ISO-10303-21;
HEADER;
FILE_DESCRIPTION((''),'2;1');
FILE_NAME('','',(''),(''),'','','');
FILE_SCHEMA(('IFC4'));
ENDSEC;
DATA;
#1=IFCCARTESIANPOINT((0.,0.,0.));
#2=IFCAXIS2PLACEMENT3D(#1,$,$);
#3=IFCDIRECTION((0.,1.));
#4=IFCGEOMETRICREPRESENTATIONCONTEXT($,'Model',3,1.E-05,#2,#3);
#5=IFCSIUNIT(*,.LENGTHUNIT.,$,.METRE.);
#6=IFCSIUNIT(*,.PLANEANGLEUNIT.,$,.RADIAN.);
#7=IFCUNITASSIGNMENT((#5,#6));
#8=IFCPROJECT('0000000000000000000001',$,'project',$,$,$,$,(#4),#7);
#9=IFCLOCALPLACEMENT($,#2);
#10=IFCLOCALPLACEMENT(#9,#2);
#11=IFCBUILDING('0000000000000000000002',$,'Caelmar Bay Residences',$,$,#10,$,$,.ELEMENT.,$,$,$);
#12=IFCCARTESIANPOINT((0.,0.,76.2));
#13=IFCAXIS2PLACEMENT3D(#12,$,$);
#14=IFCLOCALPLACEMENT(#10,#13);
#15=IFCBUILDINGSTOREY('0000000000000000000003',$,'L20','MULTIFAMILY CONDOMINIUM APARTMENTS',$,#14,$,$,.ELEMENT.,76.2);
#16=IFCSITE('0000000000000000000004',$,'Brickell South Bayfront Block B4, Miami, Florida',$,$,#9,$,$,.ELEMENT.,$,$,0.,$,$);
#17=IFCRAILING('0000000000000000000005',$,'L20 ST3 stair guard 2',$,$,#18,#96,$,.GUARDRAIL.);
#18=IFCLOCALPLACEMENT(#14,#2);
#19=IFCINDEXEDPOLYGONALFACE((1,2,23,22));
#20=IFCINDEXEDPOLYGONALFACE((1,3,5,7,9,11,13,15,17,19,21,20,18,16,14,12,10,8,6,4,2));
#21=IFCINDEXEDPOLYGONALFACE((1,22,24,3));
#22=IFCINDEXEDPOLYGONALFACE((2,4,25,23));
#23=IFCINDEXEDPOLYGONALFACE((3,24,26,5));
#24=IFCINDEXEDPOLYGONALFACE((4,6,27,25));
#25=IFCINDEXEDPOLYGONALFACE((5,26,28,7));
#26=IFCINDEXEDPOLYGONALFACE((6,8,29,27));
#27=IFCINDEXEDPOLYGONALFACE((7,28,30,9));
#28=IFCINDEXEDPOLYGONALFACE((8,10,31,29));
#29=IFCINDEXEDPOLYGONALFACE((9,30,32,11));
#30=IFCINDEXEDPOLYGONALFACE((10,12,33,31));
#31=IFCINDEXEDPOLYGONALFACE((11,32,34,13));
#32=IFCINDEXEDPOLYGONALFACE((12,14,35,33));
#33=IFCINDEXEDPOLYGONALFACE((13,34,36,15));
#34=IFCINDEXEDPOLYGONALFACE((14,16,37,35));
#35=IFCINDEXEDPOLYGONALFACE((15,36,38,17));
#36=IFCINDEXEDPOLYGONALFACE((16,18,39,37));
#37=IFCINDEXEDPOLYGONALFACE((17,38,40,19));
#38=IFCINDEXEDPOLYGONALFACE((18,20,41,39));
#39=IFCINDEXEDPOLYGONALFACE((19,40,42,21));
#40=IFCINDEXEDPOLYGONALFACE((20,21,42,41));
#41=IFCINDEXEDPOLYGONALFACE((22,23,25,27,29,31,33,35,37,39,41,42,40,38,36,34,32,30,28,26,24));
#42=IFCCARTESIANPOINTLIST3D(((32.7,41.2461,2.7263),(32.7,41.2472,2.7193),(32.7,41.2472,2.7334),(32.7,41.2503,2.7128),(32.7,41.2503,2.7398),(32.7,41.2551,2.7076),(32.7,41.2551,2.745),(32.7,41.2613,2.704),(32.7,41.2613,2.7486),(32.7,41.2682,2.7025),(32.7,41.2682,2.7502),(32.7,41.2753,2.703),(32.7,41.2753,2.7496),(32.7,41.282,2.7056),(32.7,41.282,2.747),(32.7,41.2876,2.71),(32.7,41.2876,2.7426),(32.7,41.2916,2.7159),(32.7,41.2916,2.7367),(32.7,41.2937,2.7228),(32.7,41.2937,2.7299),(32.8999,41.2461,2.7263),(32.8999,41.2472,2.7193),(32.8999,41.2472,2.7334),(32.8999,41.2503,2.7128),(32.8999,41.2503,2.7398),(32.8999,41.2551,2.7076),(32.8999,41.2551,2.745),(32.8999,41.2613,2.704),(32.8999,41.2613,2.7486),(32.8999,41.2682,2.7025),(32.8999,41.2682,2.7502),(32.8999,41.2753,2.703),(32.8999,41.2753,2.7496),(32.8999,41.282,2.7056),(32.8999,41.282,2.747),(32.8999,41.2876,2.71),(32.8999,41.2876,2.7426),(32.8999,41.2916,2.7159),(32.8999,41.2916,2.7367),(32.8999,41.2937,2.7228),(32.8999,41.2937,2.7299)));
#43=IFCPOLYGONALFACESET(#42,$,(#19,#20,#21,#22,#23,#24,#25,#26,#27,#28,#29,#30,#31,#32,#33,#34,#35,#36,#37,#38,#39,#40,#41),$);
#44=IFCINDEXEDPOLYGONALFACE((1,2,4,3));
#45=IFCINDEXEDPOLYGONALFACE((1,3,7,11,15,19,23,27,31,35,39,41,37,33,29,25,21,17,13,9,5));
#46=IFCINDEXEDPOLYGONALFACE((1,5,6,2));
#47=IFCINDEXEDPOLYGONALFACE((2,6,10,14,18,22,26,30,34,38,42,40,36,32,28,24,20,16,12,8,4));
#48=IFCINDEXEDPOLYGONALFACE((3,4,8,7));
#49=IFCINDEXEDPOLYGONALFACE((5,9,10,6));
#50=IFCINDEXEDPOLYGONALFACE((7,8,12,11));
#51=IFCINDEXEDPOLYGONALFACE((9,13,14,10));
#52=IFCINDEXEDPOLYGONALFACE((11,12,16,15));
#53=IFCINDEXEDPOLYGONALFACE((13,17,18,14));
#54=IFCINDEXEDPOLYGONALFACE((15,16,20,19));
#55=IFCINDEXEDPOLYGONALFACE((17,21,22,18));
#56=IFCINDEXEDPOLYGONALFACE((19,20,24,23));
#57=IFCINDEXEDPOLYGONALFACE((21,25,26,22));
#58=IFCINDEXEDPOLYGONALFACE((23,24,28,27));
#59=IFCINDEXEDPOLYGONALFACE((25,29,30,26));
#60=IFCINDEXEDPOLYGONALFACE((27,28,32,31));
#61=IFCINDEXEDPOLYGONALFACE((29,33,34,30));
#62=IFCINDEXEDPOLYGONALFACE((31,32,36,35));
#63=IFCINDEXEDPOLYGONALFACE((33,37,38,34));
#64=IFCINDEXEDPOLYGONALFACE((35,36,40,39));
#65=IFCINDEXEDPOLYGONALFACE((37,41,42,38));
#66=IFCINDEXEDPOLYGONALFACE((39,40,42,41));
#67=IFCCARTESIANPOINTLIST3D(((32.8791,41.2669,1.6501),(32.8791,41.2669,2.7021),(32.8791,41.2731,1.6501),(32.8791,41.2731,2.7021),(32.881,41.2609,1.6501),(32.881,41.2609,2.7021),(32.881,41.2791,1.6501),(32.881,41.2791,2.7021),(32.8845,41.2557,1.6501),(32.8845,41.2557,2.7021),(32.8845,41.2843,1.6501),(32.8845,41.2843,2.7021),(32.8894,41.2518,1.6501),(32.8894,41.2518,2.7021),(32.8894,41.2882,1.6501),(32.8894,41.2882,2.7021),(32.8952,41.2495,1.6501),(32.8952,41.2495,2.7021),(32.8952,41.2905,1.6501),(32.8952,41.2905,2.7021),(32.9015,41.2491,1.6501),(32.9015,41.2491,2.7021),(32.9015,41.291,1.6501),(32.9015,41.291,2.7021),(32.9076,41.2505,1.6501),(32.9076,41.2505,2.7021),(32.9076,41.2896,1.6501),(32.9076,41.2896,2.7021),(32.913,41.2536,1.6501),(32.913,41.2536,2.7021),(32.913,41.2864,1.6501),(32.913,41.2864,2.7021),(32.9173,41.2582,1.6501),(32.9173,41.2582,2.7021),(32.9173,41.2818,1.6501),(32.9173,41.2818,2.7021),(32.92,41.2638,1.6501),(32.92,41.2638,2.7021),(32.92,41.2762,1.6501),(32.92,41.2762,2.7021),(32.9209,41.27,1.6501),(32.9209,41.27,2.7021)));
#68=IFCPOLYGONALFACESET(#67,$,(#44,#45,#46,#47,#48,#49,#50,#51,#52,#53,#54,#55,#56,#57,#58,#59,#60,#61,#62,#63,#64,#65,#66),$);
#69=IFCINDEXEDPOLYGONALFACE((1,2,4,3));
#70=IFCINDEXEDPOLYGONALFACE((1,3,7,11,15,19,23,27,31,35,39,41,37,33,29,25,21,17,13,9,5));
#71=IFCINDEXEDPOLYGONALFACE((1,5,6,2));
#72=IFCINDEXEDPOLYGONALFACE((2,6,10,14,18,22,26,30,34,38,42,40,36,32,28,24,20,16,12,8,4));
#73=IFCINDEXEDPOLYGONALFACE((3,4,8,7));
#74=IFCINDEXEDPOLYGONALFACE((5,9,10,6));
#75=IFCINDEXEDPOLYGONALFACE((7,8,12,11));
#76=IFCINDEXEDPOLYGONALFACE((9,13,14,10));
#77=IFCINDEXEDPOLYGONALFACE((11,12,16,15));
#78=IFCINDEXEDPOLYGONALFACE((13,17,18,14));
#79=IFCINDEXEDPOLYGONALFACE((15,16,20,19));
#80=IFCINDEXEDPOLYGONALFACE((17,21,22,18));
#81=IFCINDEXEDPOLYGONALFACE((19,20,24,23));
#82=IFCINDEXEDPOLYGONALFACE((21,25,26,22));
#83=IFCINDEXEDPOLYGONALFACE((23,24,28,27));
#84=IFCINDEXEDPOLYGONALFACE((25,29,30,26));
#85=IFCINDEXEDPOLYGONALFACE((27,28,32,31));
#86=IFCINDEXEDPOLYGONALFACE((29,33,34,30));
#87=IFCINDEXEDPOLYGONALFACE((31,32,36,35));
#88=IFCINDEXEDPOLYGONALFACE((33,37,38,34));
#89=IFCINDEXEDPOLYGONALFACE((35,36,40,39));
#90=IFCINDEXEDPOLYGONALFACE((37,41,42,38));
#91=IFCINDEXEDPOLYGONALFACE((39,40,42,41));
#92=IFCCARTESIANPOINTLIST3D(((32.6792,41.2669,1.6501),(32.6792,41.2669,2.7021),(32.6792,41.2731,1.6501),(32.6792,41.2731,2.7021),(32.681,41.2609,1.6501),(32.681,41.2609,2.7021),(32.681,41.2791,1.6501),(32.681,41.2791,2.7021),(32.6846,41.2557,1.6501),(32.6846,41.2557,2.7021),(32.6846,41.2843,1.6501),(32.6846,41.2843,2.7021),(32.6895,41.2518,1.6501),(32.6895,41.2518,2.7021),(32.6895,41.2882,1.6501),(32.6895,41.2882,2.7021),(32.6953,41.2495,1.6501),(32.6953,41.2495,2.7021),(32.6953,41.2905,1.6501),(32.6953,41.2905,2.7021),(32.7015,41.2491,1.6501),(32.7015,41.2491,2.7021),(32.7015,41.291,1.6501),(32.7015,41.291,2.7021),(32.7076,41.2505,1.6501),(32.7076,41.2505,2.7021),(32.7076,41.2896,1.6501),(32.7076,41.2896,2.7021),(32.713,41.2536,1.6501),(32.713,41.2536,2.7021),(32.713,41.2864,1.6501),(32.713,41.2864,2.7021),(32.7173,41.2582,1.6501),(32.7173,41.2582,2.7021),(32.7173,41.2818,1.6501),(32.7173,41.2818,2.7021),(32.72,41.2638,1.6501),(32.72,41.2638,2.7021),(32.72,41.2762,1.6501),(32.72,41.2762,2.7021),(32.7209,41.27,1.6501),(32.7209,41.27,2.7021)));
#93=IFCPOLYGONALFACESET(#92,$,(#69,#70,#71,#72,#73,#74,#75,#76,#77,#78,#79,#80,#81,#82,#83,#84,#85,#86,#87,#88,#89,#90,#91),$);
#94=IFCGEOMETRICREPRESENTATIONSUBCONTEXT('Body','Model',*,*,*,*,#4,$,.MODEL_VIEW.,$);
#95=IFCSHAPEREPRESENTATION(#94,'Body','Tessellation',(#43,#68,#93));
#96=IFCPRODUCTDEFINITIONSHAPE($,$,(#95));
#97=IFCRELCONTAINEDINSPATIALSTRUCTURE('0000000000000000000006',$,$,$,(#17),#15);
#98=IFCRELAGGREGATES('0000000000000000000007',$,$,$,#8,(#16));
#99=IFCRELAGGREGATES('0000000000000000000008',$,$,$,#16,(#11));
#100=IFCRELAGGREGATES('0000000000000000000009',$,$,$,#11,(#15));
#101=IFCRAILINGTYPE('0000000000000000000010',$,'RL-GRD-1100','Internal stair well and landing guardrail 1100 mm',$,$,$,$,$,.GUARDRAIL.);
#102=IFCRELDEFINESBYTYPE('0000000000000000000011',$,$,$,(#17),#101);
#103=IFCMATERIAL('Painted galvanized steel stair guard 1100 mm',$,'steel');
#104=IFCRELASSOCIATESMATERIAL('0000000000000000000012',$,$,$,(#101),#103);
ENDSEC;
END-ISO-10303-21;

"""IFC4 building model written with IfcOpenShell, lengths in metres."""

from ifc_helpers import new_model, si_unit, direction, frame, origin, origin_2d, place, context, subcontext, project, spatial, circle, extrude, material, type_object, element, save


model = new_model("IFC4")

# Units and contexts
model_context = context("Model", 3, precision=1e-05, world=origin(), true_north=direction((0.0, 1.0)))
body_context = subcontext(model_context, "Body", "Model", "MODEL_VIEW")
ifc_project = project(units=[si_unit("LENGTHUNIT", "METRE"), si_unit("PLANEANGLEUNIT", "RADIAN")], contexts=[model_context])

# Site, building, storey
site_placement = place(None, origin())
site = spatial("IfcSite", under=ifc_project, at=site_placement, Name="Brickell South Bayfront Block B4, Miami, Florida", CompositionType="ELEMENT", RefElevation=0.0)
building_placement = place(site_placement, origin())
building = spatial("IfcBuilding", under=site, at=building_placement, Name="Caelmar Bay Residences", CompositionType="ELEMENT")
storey_placement = place(building_placement, frame((0.0, 0.0, 76.2)))
storey = spatial("IfcBuildingStorey", under=building, at=storey_placement, Name="L20", Description="MULTIFAMILY CONDOMINIUM APARTMENTS", CompositionType="ELEMENT", Elevation=76.2)

# Railing
ifc_material_1 = material(Name="Painted galvanized steel stair guard 1100 mm", Category="steel")
railing_type_1 = type_object("IfcRailingType", Name="RL-GRD-1100", Description="Internal stair well and landing guardrail 1100 mm", PredefinedType="GUARDRAIL", material=ifc_material_1)
railing_1_placement = place(storey_placement, frame((32.8999, 41.27, 1.6501)))
element("IfcRailing", 1, at=railing_1_placement, inside=storey, type_object=railing_type_1, Name="L20 ST3 stair guard 2", PredefinedType="GUARDRAIL", context=body_context, shape_type="SweptSolid", body=[
    extrude(circle(Radius=0.0239, at=origin_2d()), frame((0.0, 0.0, 1.0762), z_axis=(-1.0, 0.0, 0.0), x_axis=(0.0, -1.0, 0.0)), (0.0, 0.0, 1.0), 0.2),
    extrude(circle(Radius=0.021, at=origin_2d()), origin(), (0.0, 0.0, 1.0), 1.052),
    extrude(circle(Radius=0.021, at=origin_2d()), frame((-0.2, 0.0, 0.0)), (0.0, 0.0, 1.0), 1.052),
])

save(model, "model.ifc")
